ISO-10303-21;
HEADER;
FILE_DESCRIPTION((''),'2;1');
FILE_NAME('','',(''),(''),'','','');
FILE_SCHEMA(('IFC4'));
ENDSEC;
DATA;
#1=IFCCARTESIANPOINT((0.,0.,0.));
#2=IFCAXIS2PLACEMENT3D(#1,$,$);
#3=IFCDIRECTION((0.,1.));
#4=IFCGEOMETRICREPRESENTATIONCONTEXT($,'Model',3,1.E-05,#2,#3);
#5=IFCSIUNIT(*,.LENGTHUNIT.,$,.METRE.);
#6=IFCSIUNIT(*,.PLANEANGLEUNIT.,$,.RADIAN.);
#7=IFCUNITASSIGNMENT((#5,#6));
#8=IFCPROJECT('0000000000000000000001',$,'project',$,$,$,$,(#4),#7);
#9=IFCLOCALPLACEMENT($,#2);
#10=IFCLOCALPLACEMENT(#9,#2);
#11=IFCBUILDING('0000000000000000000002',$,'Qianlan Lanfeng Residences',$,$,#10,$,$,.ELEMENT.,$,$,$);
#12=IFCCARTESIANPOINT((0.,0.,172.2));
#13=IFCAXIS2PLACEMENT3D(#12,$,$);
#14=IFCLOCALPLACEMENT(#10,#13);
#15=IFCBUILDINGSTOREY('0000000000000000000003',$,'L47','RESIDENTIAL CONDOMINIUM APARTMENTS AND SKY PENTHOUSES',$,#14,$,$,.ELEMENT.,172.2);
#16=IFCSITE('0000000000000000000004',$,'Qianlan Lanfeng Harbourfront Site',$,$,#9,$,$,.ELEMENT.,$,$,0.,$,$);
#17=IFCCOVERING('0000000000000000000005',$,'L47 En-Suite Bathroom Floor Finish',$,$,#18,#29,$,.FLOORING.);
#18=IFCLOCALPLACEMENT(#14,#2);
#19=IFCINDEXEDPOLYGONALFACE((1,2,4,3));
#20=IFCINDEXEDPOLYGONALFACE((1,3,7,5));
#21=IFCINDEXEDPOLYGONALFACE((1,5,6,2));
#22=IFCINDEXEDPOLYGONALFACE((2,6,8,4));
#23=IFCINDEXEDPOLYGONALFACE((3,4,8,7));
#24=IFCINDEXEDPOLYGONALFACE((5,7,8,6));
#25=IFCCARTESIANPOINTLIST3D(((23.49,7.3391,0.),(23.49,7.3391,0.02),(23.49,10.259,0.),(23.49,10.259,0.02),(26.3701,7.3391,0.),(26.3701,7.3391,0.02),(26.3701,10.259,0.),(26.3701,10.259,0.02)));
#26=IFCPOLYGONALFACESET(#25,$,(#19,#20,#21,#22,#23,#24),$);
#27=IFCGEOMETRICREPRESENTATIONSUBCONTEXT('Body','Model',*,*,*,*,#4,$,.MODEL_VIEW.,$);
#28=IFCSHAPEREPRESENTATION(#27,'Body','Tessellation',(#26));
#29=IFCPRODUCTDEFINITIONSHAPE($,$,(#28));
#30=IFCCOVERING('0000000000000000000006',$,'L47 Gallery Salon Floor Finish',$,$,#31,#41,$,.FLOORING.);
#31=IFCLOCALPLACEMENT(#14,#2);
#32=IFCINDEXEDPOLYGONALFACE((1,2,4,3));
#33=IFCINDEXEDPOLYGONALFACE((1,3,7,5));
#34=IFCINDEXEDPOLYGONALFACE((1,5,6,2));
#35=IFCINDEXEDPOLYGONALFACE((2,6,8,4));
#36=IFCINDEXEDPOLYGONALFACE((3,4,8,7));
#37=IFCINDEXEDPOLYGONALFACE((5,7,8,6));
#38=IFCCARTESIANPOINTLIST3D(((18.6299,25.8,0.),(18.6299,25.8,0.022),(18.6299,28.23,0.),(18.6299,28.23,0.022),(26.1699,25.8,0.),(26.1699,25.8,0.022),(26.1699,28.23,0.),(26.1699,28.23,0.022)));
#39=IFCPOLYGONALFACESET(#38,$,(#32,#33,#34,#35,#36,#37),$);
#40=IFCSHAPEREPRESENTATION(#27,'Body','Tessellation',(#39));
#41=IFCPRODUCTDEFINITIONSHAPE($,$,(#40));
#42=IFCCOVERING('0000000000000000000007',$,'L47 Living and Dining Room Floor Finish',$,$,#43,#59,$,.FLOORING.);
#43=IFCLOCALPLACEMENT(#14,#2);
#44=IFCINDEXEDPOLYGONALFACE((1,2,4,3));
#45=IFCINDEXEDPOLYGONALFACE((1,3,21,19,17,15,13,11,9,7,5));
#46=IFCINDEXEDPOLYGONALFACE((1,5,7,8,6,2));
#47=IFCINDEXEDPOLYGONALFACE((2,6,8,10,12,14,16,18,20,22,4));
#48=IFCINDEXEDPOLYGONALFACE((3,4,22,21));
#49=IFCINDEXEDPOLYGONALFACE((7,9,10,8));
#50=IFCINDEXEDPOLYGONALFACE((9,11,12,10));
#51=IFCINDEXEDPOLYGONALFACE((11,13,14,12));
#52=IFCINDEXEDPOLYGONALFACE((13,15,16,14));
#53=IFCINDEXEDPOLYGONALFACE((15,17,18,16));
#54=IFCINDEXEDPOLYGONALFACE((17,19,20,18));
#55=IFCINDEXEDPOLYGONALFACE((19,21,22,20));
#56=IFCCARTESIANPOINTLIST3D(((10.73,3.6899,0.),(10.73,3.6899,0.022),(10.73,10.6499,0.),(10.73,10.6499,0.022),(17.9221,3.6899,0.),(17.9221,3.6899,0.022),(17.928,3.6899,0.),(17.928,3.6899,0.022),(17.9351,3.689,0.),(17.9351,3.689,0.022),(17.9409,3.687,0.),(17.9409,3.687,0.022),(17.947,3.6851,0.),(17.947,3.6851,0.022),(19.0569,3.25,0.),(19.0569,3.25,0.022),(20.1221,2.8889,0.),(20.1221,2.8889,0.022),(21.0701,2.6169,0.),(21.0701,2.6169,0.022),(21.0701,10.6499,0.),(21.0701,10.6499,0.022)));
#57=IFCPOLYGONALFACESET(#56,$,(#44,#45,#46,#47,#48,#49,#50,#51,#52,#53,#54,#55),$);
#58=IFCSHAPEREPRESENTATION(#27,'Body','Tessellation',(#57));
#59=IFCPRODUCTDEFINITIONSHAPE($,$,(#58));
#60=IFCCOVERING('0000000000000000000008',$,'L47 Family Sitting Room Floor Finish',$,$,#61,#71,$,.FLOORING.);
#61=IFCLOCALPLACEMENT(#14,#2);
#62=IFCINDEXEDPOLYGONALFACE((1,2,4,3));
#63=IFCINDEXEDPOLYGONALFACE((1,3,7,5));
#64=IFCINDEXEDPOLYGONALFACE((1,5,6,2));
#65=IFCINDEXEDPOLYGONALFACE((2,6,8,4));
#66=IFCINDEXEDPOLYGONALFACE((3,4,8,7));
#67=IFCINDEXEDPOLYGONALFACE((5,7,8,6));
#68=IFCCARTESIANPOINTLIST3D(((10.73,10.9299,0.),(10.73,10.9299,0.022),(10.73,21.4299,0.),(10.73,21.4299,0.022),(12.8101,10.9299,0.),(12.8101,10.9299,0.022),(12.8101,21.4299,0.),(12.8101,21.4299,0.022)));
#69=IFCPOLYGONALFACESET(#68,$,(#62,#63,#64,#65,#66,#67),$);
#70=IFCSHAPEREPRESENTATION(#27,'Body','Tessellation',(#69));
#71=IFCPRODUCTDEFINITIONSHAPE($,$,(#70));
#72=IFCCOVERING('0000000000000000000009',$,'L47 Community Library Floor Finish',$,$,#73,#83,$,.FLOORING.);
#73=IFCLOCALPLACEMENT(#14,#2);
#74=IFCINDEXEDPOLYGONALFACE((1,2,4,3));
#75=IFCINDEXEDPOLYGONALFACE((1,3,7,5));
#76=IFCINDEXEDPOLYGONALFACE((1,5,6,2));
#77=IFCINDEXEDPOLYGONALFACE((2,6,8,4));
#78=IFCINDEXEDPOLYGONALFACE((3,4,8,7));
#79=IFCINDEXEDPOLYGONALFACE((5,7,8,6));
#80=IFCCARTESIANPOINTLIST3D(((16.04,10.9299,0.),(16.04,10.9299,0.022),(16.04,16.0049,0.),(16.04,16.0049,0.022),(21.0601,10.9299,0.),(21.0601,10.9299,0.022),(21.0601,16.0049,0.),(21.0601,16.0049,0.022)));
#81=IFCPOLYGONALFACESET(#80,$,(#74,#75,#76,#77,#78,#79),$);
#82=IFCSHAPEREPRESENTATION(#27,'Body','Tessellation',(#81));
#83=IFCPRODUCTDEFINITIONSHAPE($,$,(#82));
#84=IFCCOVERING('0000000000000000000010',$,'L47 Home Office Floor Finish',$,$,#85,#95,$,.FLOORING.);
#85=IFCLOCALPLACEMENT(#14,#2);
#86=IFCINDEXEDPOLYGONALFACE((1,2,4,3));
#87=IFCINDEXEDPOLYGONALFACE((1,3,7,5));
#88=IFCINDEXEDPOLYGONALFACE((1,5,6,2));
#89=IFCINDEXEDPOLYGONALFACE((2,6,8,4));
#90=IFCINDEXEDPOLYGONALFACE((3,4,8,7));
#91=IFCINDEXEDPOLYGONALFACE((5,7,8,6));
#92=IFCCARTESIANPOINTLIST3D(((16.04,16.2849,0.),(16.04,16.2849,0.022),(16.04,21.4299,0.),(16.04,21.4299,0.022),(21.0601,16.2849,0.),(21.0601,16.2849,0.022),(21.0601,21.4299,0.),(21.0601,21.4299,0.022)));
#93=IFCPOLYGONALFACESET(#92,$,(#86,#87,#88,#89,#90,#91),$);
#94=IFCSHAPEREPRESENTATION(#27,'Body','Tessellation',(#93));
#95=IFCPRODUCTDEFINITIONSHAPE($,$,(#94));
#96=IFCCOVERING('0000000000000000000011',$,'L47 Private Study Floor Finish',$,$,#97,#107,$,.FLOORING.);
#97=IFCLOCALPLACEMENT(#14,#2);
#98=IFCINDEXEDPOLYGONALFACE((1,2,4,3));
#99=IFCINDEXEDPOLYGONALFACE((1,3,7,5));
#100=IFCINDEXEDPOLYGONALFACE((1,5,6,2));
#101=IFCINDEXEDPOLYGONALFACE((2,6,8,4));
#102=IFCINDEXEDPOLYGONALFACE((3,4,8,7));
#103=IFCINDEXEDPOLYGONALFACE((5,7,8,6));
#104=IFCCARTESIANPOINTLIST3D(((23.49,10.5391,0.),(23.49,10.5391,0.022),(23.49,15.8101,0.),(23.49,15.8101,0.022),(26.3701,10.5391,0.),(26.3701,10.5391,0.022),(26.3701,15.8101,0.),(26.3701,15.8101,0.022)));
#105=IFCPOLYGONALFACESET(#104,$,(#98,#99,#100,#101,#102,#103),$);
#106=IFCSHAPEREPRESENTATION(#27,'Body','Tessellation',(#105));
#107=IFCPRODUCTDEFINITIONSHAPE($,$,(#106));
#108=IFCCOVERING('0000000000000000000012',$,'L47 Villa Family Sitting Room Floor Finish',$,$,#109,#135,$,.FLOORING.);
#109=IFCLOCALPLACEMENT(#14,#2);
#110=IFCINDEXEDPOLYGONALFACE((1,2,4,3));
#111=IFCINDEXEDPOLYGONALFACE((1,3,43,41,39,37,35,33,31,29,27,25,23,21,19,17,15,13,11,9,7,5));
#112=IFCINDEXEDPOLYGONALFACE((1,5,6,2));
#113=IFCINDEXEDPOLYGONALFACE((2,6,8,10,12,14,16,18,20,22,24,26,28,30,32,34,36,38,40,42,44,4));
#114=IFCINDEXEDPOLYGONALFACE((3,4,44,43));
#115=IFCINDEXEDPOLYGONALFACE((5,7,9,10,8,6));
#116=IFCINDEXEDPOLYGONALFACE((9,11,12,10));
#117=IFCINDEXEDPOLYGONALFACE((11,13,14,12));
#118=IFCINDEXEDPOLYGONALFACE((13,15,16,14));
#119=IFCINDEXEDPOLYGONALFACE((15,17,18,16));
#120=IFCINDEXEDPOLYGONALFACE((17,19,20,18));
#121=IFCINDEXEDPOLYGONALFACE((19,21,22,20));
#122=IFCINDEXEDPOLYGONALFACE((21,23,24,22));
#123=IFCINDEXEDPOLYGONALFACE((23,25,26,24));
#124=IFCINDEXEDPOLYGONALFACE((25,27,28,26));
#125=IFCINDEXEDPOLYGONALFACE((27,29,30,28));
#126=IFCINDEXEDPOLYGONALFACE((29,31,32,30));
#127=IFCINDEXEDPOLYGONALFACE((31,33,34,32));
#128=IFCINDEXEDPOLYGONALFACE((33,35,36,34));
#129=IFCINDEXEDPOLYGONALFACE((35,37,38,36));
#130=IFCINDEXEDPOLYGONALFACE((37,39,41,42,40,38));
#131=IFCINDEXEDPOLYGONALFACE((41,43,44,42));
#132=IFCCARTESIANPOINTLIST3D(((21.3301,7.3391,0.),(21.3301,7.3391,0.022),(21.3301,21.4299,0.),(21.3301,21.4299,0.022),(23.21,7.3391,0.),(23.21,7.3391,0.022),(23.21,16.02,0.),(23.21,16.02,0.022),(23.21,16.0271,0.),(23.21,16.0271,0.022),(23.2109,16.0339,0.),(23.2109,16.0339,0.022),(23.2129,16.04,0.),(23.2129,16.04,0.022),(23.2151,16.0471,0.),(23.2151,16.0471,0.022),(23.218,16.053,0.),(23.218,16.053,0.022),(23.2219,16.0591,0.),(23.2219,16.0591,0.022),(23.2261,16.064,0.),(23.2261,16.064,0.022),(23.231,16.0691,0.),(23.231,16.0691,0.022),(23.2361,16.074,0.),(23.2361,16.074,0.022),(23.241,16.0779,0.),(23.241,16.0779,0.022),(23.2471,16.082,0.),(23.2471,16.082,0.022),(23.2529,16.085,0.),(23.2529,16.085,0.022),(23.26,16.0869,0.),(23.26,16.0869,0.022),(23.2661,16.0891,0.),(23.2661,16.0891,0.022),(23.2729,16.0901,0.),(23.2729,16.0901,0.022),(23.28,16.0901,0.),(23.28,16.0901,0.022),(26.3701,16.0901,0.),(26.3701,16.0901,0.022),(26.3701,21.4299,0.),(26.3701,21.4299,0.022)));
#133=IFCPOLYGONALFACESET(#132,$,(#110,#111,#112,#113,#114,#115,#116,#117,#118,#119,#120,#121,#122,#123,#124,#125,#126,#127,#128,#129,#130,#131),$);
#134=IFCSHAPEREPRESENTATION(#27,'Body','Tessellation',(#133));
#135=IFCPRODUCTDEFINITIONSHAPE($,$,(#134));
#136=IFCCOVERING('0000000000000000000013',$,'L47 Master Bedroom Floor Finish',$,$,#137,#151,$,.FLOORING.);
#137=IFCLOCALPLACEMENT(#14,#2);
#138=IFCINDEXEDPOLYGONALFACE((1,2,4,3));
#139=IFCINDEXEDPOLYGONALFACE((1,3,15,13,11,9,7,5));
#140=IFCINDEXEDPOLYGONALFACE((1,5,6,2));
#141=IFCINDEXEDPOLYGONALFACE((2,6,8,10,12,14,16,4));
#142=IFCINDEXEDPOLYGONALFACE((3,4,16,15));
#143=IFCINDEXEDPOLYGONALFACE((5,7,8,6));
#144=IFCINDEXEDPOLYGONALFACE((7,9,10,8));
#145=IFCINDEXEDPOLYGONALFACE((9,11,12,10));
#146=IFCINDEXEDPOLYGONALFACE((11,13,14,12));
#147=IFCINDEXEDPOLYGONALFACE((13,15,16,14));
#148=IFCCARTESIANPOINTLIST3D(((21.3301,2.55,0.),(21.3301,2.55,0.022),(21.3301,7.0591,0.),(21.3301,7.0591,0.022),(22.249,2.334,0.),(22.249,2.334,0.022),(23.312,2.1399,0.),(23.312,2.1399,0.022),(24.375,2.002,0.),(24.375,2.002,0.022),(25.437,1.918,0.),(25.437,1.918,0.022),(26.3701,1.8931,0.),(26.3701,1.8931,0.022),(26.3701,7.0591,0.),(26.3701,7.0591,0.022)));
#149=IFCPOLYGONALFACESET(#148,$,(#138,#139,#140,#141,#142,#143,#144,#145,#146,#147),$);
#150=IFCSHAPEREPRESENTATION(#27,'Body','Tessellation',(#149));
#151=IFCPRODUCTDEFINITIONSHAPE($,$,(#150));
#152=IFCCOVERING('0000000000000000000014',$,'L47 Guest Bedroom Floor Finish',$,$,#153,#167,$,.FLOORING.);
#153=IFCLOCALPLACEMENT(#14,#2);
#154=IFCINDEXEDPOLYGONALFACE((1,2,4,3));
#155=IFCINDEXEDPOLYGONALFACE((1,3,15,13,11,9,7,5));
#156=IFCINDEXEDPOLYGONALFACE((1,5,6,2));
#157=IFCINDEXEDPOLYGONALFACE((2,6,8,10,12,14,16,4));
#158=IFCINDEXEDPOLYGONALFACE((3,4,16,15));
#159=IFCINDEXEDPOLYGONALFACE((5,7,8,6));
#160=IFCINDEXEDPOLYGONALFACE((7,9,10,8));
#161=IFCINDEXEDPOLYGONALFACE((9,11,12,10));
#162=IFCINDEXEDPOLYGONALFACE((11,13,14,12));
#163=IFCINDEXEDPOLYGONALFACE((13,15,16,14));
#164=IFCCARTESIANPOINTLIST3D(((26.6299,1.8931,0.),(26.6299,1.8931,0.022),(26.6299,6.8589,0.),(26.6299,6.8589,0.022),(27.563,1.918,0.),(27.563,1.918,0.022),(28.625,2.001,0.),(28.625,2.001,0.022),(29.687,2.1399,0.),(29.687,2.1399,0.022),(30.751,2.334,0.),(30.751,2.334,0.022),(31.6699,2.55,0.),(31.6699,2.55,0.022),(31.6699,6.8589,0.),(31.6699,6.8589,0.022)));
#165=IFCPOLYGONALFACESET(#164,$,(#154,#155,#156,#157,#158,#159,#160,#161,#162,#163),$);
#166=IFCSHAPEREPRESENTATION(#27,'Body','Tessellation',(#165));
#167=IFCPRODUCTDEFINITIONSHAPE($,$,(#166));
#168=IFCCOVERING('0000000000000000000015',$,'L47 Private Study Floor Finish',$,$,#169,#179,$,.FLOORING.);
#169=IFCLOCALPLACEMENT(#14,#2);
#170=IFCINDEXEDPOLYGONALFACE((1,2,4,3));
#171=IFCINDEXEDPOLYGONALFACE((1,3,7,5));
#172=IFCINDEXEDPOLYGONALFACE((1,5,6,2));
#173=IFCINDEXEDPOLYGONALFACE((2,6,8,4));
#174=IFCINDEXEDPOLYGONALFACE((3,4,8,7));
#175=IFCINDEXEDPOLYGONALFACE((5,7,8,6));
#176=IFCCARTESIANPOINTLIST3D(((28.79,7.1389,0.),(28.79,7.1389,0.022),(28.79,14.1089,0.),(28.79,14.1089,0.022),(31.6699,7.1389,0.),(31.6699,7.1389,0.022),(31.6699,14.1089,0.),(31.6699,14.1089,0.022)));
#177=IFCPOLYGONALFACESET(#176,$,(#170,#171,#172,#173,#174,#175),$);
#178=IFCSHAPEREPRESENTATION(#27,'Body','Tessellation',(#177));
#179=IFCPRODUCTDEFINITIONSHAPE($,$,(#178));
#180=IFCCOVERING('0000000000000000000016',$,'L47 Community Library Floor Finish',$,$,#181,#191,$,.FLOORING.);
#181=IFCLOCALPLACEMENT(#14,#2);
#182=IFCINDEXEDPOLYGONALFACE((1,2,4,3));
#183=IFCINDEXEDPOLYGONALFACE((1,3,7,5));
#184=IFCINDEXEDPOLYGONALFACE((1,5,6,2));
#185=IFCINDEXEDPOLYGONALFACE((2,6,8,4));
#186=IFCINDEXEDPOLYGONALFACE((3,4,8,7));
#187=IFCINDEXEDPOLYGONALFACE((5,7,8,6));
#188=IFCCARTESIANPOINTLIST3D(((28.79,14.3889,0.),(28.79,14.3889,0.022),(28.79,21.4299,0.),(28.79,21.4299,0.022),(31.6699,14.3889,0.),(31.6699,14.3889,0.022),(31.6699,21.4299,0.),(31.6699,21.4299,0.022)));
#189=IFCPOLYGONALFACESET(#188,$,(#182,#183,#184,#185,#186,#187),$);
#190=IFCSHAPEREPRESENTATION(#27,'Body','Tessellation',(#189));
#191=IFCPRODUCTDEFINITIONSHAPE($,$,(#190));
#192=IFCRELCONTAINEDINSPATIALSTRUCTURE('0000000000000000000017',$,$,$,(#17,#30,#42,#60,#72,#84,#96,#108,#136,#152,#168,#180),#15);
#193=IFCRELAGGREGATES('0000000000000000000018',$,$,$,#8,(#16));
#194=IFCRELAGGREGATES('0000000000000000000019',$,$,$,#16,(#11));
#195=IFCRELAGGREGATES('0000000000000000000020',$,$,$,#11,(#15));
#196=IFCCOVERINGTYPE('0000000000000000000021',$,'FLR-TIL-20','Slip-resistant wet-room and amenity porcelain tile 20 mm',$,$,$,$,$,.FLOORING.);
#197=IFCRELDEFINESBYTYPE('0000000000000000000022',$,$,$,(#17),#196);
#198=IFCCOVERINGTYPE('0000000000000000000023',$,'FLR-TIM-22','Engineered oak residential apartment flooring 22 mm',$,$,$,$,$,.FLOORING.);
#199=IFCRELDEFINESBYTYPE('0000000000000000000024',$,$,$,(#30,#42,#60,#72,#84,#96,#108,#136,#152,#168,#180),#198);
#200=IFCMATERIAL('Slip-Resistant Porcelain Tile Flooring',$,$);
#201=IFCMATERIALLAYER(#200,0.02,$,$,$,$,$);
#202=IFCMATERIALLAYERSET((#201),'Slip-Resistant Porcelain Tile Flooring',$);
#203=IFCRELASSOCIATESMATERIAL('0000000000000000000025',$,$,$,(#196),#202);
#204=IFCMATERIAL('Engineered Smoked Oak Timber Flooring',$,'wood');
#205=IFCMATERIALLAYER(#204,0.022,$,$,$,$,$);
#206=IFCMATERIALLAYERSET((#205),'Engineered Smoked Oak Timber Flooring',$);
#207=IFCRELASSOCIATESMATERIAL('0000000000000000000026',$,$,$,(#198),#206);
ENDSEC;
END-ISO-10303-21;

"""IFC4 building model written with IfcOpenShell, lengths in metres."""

from ifc_helpers import new_model, si_unit, direction, frame, origin, place, context, subcontext, project, spatial, polyline, outline, extrude, material, layer, layer_set, type_object, element, save


model = new_model("IFC4")

# Units and contexts
model_context = context("Model", 3, precision=1e-05, world=origin(), true_north=direction((0.0, 1.0)))
body_context = subcontext(model_context, "Body", "Model", "MODEL_VIEW")
ifc_project = project(units=[si_unit("LENGTHUNIT", "METRE"), si_unit("PLANEANGLEUNIT", "RADIAN")], contexts=[model_context])

# Site, building, storey
site_placement = place(None, origin())
site = spatial("IfcSite", under=ifc_project, at=site_placement, Name="Qianlan Lanfeng Harbourfront Site", CompositionType="ELEMENT", RefElevation=0.0)
building_placement = place(site_placement, origin())
building = spatial("IfcBuilding", under=site, at=building_placement, Name="Qianlan Lanfeng Residences", CompositionType="ELEMENT")
storey_placement = place(building_placement, frame((0.0, 0.0, 172.2)))
storey = spatial("IfcBuildingStorey", under=building, at=storey_placement, Name="L47", Description="RESIDENTIAL CONDOMINIUM APARTMENTS AND SKY PENTHOUSES", CompositionType="ELEMENT", Elevation=172.2)

# Coverings
ifc_material_1 = material(Name="Slip-Resistant Porcelain Tile Flooring")
ifc_layer_1 = layer(ifc_material_1, 0.02)
ifc_layer_set_1 = layer_set([ifc_layer_1], Name="Slip-Resistant Porcelain Tile Flooring")
covering_type_1 = type_object("IfcCoveringType", Name="FLR-TIL-20", Description="Slip-resistant wet-room and amenity porcelain tile 20 mm", PredefinedType="FLOORING", material=ifc_layer_set_1)
covering_1_placement = place(storey_placement, origin())
element("IfcCovering", 1, at=covering_1_placement, inside=storey, type_object=covering_type_1, Name="L47 En-Suite Bathroom Floor Finish", PredefinedType="FLOORING", context=body_context, shape_type="SweptSolid", body=[
    extrude(outline(polyline([(23.49, 7.3391), (26.3701, 7.3391), (26.3701, 10.259), (23.49, 10.259), (23.49, 7.3391)])), origin(), (0.0, 0.0, 1.0), 0.02),
])
ifc_material_2 = material(Name="Engineered Smoked Oak Timber Flooring", Category="wood")
ifc_layer_2 = layer(ifc_material_2, 0.022)
ifc_layer_set_2 = layer_set([ifc_layer_2], Name="Engineered Smoked Oak Timber Flooring")
covering_type_2 = type_object("IfcCoveringType", Name="FLR-TIM-22", Description="Engineered oak residential apartment flooring 22 mm", PredefinedType="FLOORING", material=ifc_layer_set_2)
covering_2_placement = place(storey_placement, origin())
element("IfcCovering", 2, at=covering_2_placement, inside=storey, type_object=covering_type_2, Name="L47 Gallery Salon Floor Finish", PredefinedType="FLOORING", context=body_context, shape_type="SweptSolid", body=[
    extrude(outline(polyline([(18.6299, 25.8), (26.1699, 25.8), (26.1699, 28.23), (18.6299, 28.23), (18.6299, 25.8)])), origin(), (0.0, 0.0, 1.0), 0.022),
])
covering_3_placement = place(storey_placement, origin())
element("IfcCovering", 3, at=covering_3_placement, inside=storey, type_object=covering_type_2, Name="L47 Living and Dining Room Floor Finish", PredefinedType="FLOORING", context=body_context, shape_type="SweptSolid", body=[
    extrude(outline(polyline([(10.73, 10.6499), (10.73, 3.6899), (17.9221, 3.6899), (17.928, 3.6899), (17.9351, 3.689), (17.9409, 3.687), (17.947, 3.6851), (19.0569, 3.25), (20.1221, 2.8889), (21.0701, 2.6169), (21.0701, 10.6499), (10.73, 10.6499)])), origin(), (0.0, 0.0, 1.0), 0.022),
])
covering_4_placement = place(storey_placement, origin())
element("IfcCovering", 4, at=covering_4_placement, inside=storey, type_object=covering_type_2, Name="L47 Family Sitting Room Floor Finish", PredefinedType="FLOORING", context=body_context, shape_type="SweptSolid", body=[
    extrude(outline(polyline([(10.73, 10.9299), (12.8101, 10.9299), (12.8101, 21.4299), (10.73, 21.4299), (10.73, 10.9299)])), origin(), (0.0, 0.0, 1.0), 0.022),
])
covering_5_placement = place(storey_placement, origin())
element("IfcCovering", 5, at=covering_5_placement, inside=storey, type_object=covering_type_2, Name="L47 Community Library Floor Finish", PredefinedType="FLOORING", context=body_context, shape_type="SweptSolid", body=[
    extrude(outline(polyline([(16.04, 10.9299), (21.0601, 10.9299), (21.0601, 16.0049), (16.04, 16.0049), (16.04, 10.9299)])), origin(), (0.0, 0.0, 1.0), 0.022),
])
covering_6_placement = place(storey_placement, origin())
element("IfcCovering", 6, at=covering_6_placement, inside=storey, type_object=covering_type_2, Name="L47 Home Office Floor Finish", PredefinedType="FLOORING", context=body_context, shape_type="SweptSolid", body=[
    extrude(outline(polyline([(16.04, 16.2849), (21.0601, 16.2849), (21.0601, 21.4299), (16.04, 21.4299), (16.04, 16.2849)])), origin(), (0.0, 0.0, 1.0), 0.022),
])
covering_7_placement = place(storey_placement, origin())
element("IfcCovering", 7, at=covering_7_placement, inside=storey, type_object=covering_type_2, Name="L47 Private Study Floor Finish", PredefinedType="FLOORING", context=body_context, shape_type="SweptSolid", body=[
    extrude(outline(polyline([(23.49, 10.5391), (26.3701, 10.5391), (26.3701, 15.8101), (23.49, 15.8101), (23.49, 10.5391)])), origin(), (0.0, 0.0, 1.0), 0.022),
])
covering_8_placement = place(storey_placement, origin())
element("IfcCovering", 8, at=covering_8_placement, inside=storey, type_object=covering_type_2, Name="L47 Villa Family Sitting Room Floor Finish", PredefinedType="FLOORING", context=body_context, shape_type="SweptSolid", body=[
    extrude(outline(polyline([(21.3301, 7.3391), (23.21, 7.3391), (23.21, 16.02), (23.21, 16.0271), (23.2109, 16.0339), (23.2129, 16.04), (23.2151, 16.0471), (23.218, 16.053), (23.2219, 16.0591), (23.2261, 16.064), (23.231, 16.0691), (23.2361, 16.074), (23.241, 16.0779), (23.2471, 16.082), (23.2529, 16.085), (23.26, 16.0869), (23.2661, 16.0891), (23.2729, 16.0901), (23.28, 16.0901), (26.3701, 16.0901), (26.3701, 21.4299), (21.3301, 21.4299), (21.3301, 7.3391)])), origin(), (0.0, 0.0, 1.0), 0.022),
])
covering_9_placement = place(storey_placement, origin())
element("IfcCovering", 9, at=covering_9_placement, inside=storey, type_object=covering_type_2, Name="L47 Master Bedroom Floor Finish", PredefinedType="FLOORING", context=body_context, shape_type="SweptSolid", body=[
    extrude(outline(polyline([(21.3301, 7.0591), (21.3301, 2.55), (22.249, 2.334), (23.312, 2.1399), (24.375, 2.002), (25.437, 1.918), (26.3701, 1.8931), (26.3701, 7.0591), (21.3301, 7.0591)])), origin(), (0.0, 0.0, 1.0), 0.022),
])
covering_10_placement = place(storey_placement, origin())
element("IfcCovering", 10, at=covering_10_placement, inside=storey, type_object=covering_type_2, Name="L47 Guest Bedroom Floor Finish", PredefinedType="FLOORING", context=body_context, shape_type="SweptSolid", body=[
    extrude(outline(polyline([(26.6299, 6.8589), (26.6299, 1.8931), (27.563, 1.918), (28.625, 2.001), (29.687, 2.1399), (30.751, 2.334), (31.6699, 2.55), (31.6699, 6.8589), (26.6299, 6.8589)])), origin(), (0.0, 0.0, 1.0), 0.022),
])
covering_11_placement = place(storey_placement, origin())
element("IfcCovering", 11, at=covering_11_placement, inside=storey, type_object=covering_type_2, Name="L47 Private Study Floor Finish", PredefinedType="FLOORING", context=body_context, shape_type="SweptSolid", body=[
    extrude(outline(polyline([(28.79, 7.1389), (31.6699, 7.1389), (31.6699, 14.1089), (28.79, 14.1089), (28.79, 7.1389)])), origin(), (0.0, 0.0, 1.0), 0.022),
])
covering_12_placement = place(storey_placement, origin())
element("IfcCovering", 12, at=covering_12_placement, inside=storey, type_object=covering_type_2, Name="L47 Community Library Floor Finish", PredefinedType="FLOORING", context=body_context, shape_type="SweptSolid", body=[
    extrude(outline(polyline([(28.79, 14.3889), (31.6699, 14.3889), (31.6699, 21.4299), (28.79, 21.4299), (28.79, 14.3889)])), origin(), (0.0, 0.0, 1.0), 0.022),
])

save(model, "model.ifc")
